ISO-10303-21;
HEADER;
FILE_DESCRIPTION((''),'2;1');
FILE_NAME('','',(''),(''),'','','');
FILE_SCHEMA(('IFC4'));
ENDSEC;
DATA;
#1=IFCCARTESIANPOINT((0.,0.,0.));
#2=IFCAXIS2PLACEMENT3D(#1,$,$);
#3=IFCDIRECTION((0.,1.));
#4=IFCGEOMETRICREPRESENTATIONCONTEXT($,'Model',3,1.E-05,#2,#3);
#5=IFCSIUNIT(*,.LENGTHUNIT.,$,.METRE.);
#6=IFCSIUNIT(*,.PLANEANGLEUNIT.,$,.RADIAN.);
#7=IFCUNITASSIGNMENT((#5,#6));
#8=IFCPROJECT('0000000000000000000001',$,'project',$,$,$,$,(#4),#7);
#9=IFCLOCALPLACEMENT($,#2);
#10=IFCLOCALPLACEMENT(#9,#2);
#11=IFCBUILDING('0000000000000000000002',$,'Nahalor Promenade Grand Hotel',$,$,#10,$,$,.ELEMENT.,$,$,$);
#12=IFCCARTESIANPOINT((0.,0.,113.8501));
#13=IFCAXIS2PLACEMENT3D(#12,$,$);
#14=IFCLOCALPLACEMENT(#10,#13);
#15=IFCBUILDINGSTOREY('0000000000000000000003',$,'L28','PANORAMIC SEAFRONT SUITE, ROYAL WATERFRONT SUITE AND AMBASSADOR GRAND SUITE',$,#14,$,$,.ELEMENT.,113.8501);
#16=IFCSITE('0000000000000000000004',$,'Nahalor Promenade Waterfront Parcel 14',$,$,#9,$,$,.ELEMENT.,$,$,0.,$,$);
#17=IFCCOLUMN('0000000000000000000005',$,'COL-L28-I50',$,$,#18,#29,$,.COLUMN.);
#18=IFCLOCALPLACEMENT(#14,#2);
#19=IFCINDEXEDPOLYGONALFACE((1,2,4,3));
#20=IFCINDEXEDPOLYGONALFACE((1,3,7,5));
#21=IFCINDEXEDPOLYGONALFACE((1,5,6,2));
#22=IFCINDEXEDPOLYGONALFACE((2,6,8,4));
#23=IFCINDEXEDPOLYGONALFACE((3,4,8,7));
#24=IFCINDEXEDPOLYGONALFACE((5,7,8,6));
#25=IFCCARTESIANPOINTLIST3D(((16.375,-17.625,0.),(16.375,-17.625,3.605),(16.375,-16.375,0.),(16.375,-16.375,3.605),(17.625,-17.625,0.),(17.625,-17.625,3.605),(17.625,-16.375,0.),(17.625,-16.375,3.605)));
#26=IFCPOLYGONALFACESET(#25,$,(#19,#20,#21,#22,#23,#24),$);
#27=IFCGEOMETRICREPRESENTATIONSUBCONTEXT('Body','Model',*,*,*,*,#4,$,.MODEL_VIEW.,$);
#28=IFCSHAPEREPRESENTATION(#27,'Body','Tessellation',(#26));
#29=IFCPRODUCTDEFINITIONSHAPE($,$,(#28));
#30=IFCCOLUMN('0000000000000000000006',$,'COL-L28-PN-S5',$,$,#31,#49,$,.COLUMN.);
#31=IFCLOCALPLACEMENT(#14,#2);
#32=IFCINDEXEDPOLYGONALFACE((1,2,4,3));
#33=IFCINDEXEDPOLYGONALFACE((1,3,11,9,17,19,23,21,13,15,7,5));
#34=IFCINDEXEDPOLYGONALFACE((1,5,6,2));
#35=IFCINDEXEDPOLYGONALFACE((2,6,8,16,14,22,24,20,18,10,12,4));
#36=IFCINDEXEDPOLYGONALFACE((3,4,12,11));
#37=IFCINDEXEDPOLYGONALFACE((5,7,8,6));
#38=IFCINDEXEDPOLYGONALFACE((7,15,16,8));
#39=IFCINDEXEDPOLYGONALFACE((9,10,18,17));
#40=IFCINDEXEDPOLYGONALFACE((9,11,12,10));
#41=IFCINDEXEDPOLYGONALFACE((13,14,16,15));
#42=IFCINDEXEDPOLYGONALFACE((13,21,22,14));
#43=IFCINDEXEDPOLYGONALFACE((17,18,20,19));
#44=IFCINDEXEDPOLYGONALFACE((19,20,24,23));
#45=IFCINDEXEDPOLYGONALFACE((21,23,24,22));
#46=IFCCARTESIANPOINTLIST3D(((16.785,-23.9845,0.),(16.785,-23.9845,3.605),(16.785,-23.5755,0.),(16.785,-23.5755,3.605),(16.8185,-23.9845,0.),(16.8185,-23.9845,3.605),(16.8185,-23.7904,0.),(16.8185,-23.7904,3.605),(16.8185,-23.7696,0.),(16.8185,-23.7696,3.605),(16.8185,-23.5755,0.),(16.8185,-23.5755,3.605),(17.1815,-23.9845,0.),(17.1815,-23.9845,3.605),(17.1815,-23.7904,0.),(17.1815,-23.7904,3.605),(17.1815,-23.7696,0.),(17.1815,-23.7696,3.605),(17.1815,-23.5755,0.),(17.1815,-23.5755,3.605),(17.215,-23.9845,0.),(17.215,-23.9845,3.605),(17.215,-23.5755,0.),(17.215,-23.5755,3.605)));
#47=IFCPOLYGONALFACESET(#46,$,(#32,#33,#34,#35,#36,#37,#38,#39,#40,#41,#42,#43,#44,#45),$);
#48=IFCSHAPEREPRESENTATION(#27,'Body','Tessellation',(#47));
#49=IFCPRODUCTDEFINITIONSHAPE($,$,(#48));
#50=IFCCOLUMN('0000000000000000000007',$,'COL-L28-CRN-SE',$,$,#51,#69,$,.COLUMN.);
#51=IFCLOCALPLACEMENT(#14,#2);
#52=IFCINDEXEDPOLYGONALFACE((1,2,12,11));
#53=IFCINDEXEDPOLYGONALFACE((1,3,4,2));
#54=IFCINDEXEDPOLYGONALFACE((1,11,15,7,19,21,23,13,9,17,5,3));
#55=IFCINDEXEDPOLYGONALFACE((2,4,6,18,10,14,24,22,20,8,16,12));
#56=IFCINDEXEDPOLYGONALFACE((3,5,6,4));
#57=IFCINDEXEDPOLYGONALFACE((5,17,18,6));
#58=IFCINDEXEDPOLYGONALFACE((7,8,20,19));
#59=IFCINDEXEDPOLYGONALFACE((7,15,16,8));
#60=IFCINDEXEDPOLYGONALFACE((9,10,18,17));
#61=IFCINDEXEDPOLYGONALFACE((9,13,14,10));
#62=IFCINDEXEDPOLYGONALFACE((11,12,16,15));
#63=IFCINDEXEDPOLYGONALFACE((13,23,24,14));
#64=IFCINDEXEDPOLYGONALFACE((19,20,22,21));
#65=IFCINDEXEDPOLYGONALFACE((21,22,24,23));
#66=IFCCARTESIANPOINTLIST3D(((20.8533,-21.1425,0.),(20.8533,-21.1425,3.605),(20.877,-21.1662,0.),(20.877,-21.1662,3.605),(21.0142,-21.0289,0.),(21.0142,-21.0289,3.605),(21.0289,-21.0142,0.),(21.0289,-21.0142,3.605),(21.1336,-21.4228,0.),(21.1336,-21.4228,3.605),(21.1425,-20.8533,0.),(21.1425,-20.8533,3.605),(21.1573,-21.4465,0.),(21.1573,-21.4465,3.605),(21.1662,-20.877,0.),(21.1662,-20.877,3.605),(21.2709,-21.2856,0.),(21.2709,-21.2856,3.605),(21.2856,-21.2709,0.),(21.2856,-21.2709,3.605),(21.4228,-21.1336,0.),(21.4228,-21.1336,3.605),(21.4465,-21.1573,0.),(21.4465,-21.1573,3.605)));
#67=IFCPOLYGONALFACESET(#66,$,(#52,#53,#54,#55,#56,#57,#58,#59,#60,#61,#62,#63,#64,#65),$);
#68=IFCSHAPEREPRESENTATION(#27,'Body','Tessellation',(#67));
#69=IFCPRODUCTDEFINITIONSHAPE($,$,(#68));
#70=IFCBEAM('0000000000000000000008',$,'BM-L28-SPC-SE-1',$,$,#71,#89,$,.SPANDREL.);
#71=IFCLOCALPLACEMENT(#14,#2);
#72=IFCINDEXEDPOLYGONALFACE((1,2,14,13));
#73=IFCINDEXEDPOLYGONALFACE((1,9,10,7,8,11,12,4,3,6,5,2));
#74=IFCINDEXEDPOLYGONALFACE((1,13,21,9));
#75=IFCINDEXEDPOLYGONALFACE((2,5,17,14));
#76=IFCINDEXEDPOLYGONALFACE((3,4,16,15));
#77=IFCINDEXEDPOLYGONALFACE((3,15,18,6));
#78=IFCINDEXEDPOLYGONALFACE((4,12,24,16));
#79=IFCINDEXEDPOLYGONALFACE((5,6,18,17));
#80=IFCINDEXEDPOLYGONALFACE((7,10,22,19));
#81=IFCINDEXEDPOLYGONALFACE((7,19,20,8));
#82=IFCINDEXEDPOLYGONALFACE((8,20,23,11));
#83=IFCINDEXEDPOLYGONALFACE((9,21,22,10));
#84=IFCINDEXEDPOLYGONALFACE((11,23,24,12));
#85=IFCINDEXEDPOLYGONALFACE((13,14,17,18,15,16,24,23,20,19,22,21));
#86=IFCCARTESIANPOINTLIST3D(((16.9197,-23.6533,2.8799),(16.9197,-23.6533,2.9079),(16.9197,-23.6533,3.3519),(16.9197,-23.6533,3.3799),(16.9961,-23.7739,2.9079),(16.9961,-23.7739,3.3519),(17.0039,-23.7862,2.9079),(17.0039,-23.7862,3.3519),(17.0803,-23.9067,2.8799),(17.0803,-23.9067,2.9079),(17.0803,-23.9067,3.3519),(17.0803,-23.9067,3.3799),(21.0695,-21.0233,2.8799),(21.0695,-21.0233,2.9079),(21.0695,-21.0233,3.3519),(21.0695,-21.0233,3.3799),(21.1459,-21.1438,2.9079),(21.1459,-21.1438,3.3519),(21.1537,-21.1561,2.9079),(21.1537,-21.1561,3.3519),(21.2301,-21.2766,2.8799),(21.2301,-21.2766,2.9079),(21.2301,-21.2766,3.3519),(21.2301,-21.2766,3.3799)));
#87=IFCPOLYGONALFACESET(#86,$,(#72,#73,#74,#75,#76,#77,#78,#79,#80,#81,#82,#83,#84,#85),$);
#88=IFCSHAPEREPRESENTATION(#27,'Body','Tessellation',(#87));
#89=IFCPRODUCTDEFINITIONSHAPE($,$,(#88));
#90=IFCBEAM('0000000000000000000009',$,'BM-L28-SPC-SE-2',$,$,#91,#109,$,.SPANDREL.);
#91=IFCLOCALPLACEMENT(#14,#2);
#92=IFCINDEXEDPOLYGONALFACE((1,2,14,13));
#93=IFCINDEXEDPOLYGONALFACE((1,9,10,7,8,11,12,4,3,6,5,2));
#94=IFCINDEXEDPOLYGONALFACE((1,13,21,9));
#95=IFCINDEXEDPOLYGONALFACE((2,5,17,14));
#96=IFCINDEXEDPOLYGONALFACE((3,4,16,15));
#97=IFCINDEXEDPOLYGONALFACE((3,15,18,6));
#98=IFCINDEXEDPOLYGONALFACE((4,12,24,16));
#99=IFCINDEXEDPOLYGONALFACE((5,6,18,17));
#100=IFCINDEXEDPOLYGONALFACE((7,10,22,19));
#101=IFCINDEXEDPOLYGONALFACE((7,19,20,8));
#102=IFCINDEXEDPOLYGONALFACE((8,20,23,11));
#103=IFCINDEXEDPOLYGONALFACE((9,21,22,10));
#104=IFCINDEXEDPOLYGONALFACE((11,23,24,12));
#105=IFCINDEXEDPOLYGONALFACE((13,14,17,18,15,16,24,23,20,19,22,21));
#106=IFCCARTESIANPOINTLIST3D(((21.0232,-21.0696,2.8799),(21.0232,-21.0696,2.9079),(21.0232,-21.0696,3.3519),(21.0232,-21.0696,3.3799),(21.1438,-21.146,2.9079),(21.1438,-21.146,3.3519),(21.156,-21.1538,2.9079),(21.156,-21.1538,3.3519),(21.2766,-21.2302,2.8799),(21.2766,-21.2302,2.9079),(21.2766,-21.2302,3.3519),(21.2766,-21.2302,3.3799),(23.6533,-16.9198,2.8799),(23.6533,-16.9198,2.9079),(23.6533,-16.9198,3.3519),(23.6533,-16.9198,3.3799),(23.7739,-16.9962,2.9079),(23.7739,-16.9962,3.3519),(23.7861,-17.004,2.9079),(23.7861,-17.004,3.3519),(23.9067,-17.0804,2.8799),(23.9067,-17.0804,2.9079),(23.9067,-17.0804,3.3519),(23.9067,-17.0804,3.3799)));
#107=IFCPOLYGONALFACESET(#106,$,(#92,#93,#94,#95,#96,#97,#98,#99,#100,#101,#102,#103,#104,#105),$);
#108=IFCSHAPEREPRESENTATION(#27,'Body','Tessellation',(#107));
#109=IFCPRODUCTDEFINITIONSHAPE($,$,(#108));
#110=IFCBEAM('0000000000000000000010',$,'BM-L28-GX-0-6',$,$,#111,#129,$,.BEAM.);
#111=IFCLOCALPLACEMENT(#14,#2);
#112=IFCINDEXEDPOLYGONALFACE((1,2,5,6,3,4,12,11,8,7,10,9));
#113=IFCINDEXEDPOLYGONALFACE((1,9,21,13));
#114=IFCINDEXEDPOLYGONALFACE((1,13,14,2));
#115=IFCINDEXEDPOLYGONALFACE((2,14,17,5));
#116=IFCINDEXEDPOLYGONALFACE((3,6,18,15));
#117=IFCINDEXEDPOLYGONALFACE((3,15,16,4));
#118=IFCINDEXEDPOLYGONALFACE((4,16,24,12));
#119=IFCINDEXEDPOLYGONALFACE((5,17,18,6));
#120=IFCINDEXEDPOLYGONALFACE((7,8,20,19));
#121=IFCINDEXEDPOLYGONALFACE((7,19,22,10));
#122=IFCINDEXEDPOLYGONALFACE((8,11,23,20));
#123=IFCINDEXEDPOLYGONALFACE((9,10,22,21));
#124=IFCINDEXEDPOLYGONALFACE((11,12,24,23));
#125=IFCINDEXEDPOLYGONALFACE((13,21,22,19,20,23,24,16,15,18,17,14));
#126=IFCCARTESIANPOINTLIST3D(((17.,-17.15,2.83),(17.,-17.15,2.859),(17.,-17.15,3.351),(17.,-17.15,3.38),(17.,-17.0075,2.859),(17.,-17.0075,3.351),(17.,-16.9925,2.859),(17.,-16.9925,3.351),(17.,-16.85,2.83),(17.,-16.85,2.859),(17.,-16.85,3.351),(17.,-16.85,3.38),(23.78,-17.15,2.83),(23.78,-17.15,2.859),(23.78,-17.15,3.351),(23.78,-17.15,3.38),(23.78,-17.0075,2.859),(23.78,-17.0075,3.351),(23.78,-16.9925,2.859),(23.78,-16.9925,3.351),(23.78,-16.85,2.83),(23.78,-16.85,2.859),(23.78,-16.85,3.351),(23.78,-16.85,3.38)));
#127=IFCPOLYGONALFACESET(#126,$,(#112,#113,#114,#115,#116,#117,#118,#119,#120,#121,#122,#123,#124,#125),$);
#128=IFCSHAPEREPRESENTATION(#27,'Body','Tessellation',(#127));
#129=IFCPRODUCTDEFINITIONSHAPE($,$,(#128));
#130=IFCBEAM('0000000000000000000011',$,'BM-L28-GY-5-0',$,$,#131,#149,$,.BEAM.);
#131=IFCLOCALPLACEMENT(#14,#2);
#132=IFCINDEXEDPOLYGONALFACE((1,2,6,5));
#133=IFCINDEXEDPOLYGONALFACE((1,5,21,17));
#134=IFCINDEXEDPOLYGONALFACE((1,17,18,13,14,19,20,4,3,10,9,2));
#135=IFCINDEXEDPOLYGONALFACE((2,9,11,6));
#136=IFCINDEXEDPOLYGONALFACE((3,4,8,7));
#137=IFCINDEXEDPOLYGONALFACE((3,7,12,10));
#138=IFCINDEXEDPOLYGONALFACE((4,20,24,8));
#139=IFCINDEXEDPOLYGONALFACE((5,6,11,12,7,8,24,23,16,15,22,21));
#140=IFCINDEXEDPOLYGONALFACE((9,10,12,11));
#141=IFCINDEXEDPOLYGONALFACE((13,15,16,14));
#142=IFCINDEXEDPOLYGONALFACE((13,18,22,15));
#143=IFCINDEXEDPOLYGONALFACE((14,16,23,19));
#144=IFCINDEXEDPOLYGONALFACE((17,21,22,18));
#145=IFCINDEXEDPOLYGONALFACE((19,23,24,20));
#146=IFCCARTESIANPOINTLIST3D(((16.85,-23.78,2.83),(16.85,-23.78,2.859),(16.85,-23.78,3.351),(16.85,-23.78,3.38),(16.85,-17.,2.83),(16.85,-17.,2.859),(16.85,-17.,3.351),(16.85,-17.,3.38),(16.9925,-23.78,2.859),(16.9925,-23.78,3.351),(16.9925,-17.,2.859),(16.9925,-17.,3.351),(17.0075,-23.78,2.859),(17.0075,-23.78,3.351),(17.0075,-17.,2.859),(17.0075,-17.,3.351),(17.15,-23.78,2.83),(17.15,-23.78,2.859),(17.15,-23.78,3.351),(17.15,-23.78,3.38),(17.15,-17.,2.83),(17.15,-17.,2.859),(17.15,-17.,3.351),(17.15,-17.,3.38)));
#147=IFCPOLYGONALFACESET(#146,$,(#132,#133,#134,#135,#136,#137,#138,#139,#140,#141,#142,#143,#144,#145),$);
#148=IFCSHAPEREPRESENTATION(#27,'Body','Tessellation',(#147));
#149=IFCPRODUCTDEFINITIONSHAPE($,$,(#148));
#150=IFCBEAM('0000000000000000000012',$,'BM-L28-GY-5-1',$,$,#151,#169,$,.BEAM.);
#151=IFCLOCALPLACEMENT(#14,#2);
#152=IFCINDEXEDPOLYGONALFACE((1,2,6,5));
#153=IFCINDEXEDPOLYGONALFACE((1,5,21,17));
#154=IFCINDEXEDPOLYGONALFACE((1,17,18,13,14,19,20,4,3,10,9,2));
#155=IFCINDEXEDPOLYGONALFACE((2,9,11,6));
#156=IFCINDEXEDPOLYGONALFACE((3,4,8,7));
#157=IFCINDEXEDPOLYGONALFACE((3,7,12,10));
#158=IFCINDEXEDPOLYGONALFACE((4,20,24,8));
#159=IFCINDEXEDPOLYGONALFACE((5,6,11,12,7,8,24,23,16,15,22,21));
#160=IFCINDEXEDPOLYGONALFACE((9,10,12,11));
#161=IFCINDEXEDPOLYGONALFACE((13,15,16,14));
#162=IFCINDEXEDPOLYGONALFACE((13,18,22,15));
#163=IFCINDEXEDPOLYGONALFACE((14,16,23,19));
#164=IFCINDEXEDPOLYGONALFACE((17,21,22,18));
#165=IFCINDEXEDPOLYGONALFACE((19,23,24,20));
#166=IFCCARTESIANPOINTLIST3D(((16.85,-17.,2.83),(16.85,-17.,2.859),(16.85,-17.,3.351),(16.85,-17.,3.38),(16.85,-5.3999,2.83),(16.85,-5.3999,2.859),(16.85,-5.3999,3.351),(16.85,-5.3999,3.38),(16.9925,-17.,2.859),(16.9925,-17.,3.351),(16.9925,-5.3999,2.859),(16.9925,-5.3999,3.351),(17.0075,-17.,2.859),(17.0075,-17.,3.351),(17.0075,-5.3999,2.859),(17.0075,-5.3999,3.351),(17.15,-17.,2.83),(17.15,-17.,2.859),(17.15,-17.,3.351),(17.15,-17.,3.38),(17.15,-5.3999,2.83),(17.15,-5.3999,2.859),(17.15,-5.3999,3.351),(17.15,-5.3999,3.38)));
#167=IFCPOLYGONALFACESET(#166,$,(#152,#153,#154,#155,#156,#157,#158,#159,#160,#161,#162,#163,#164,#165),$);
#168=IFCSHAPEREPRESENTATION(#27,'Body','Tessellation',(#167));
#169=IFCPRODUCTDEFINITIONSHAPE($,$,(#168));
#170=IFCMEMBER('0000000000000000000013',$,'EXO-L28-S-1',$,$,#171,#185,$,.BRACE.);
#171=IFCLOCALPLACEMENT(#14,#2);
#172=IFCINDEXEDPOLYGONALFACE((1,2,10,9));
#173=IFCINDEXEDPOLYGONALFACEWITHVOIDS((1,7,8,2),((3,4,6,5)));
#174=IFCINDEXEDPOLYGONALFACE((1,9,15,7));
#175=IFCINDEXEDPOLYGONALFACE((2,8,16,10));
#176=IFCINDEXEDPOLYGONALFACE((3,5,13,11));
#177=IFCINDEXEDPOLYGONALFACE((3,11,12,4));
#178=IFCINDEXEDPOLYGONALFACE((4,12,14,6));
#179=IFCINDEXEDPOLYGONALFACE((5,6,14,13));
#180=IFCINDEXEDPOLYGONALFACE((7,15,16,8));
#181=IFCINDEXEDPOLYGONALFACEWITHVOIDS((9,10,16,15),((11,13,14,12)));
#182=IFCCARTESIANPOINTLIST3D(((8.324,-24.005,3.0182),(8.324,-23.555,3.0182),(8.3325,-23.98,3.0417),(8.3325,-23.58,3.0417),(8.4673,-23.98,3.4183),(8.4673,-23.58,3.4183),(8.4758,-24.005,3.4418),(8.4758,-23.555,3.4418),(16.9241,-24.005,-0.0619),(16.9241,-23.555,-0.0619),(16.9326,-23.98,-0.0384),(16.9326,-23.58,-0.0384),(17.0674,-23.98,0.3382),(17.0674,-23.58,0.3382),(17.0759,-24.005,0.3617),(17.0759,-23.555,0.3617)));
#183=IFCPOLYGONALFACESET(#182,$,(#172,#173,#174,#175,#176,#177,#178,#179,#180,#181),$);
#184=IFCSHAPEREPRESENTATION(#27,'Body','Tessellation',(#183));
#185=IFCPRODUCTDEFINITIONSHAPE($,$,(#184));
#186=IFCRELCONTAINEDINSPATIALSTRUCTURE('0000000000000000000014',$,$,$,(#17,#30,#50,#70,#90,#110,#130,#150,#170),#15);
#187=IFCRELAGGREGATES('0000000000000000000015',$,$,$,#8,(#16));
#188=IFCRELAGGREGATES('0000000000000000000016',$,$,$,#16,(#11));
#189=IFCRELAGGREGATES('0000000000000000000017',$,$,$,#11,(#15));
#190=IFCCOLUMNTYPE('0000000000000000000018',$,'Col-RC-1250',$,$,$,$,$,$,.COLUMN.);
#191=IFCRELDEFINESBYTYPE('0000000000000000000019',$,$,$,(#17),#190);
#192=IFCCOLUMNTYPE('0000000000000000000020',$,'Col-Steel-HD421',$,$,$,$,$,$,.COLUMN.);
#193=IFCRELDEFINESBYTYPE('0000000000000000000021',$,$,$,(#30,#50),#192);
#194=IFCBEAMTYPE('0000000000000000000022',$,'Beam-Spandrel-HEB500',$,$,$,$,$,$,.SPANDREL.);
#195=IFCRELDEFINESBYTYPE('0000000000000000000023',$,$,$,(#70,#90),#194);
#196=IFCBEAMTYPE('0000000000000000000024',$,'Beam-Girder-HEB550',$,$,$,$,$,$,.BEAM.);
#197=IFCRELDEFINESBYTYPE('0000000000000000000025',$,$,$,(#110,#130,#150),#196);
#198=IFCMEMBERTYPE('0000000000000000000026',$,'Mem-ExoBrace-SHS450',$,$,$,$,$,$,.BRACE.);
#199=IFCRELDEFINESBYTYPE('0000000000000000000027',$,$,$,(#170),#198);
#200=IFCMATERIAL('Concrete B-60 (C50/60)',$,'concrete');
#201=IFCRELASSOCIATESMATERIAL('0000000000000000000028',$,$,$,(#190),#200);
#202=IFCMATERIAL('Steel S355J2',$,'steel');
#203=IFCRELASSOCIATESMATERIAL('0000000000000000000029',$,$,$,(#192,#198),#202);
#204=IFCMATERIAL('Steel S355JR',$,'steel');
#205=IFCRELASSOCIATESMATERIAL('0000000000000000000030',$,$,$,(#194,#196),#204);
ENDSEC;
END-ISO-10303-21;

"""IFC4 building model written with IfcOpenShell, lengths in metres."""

from ifc_helpers import new_model, si_unit, direction, frame, origin, origin_2d, place, context, subcontext, project, spatial, rectangle, hollow_rectangle, i_section, extrude, source, transform, mapped, material, material_profile, profile_set, type_object, element, save


model = new_model("IFC4")

# Units and contexts
model_context = context("Model", 3, precision=1e-05, world=origin(), true_north=direction((0.0, 1.0)))
body_context = subcontext(model_context, "Body", "Model", "MODEL_VIEW")
ifc_project = project(units=[si_unit("LENGTHUNIT", "METRE"), si_unit("PLANEANGLEUNIT", "RADIAN")], contexts=[model_context])

# Site, building, storey
site_placement = place(None, origin())
site = spatial("IfcSite", under=ifc_project, at=site_placement, Name="Nahalor Promenade Waterfront Parcel 14", CompositionType="ELEMENT", RefElevation=0.0)
building_placement = place(site_placement, origin())
building = spatial("IfcBuilding", under=site, at=building_placement, Name="Nahalor Promenade Grand Hotel", CompositionType="ELEMENT")
storey_placement = place(building_placement, frame((0.0, 0.0, 113.8501)))
storey = spatial("IfcBuildingStorey", under=building, at=storey_placement, Name="L28", Description="PANORAMIC SEAFRONT SUITE, ROYAL WATERFRONT SUITE AND AMBASSADOR GRAND SUITE", CompositionType="ELEMENT", Elevation=113.8501)

# Columns
ifc_material_1 = material(Name="Concrete B-60 (C50/60)", Category="concrete")
ifc_material_profile_1 = material_profile(ifc_material_1, rectangle(XDim=1.25, YDim=1.25, at=origin_2d()), Name="RC 1250x1250")
ifc_profile_set_1 = profile_set([ifc_material_profile_1], Name="Concrete B-60 (C50/60)")
column_type_1 = type_object("IfcColumnType", Name="Col-RC-1250", PredefinedType="COLUMN", material=ifc_profile_set_1)
shared_shape_1 = source(origin(), body_context, "Body", "SweptSolid", [
    extrude(rectangle(XDim=1.25, YDim=1.25, at=origin_2d()), origin(), (0.0, 0.0, 1.0), 3.605),
])
column_placement = place(storey_placement, frame((17.0, -17.0, 0.0), z_axis=(0.0, 0.0, 1.0), x_axis=(1.0, 0.0, 0.0)))
element("IfcColumn", 1, at=column_placement, inside=storey, type_object=column_type_1, Name="COL-L28-I50", PredefinedType="COLUMN", context=body_context, shape_type="MappedRepresentation", body=[
    mapped(shared_shape_1, transform((0.0, 0.0, 0.0), scale=1.0)),
])
ifc_material_2 = material(Name="Steel S355J2", Category="steel")
ifc_material_profile_2 = material_profile(ifc_material_2, i_section(OverallWidth=0.409, OverallDepth=0.43, WebThickness=0.0208, FlangeThickness=0.0335, at=origin_2d()), Name="HD 400x421")
ifc_profile_set_2 = profile_set([ifc_material_profile_2], Name="Steel S355J2")
column_type_2 = type_object("IfcColumnType", Name="Col-Steel-HD421", PredefinedType="COLUMN", material=ifc_profile_set_2)
shared_shape_2 = source(origin(), body_context, "Body", "SweptSolid", [
    extrude(i_section(OverallWidth=0.409, OverallDepth=0.43, WebThickness=0.0208, FlangeThickness=0.0335, at=origin_2d()), origin(), (0.0, 0.0, 1.0), 3.605),
])
for number, where, z_axis, x_axis, name in (
    (2, (17.0, -23.78, 0.0), (0.0, 0.0, 1.0), (0.0, 1.0, 0.0), "COL-L28-PN-S5"),
    (3, (21.1499, -21.1499, 0.0), (0.0, 0.0, 1.0), (0.707107, 0.707107, 0.0), "COL-L28-CRN-SE"),
):
    element("IfcColumn", number, at=place(storey_placement, frame(where, z_axis=z_axis, x_axis=x_axis)), inside=storey, type_object=column_type_2, Name=name, PredefinedType="COLUMN", context=body_context, shape_type="MappedRepresentation", body=[
        mapped(shared_shape_2, transform((0.0, 0.0, 0.0), scale=1.0)),
    ])

# Beams
ifc_material_3 = material(Name="Steel S355JR", Category="steel")
ifc_material_profile_3 = material_profile(ifc_material_3, i_section(OverallWidth=0.3, OverallDepth=0.5, WebThickness=0.0145, FlangeThickness=0.028, at=origin_2d()), Name="HEB 500")
ifc_profile_set_3 = profile_set([ifc_material_profile_3], Name="Steel S355JR")
beam_type_1 = type_object("IfcBeamType", Name="Beam-Spandrel-HEB500", PredefinedType="SPANDREL", material=ifc_profile_set_3)
shared_shape_3 = source(origin(), body_context, "Body", "SweptSolid", [
    extrude(i_section(OverallWidth=0.3, OverallDepth=0.5, WebThickness=0.0145, FlangeThickness=0.028, at=origin_2d()), origin(), (0.0, 0.0, 1.0), 4.9131),
])
for number, where, z_axis, x_axis, name in (
    (4, (17.0, -23.78, 3.1299), (0.844648, 0.535322, 0.0), (-0.535322, 0.844648, 0.0), "BM-L28-SPC-SE-1"),
    (5, (21.1499, -21.1499, 3.1299), (0.535322, 0.844648, 0.0), (-0.844648, 0.535322, 0.0), "BM-L28-SPC-SE-2"),
):
    element("IfcBeam", number, at=place(storey_placement, frame(where, z_axis=z_axis, x_axis=x_axis)), inside=storey, type_object=beam_type_1, Name=name, PredefinedType="SPANDREL", context=body_context, shape_type="MappedRepresentation", body=[
        mapped(shared_shape_3, transform((0.0, 0.0, 0.0), scale=1.0)),
    ])
ifc_material_profile_4 = material_profile(ifc_material_3, i_section(OverallWidth=0.3, OverallDepth=0.55, WebThickness=0.015, FlangeThickness=0.029, at=origin_2d()), Name="HEB 550")
ifc_profile_set_4 = profile_set([ifc_material_profile_4], Name="Steel S355JR")
beam_type_2 = type_object("IfcBeamType", Name="Beam-Girder-HEB550", PredefinedType="BEAM", material=ifc_profile_set_4)
shared_shape_4 = source(origin(), body_context, "Body", "SweptSolid", [
    extrude(i_section(OverallWidth=0.3, OverallDepth=0.55, WebThickness=0.015, FlangeThickness=0.029, at=origin_2d()), origin(), (0.0, 0.0, 1.0), 6.78),
])
for number, where, z_axis, x_axis, name in (
    (6, (17.0, -17.0, 3.105), (1.0, 0.0, 0.0), (0.0, 1.0, 0.0), "BM-L28-GX-0-6"),
    (7, (17.0, -23.78, 3.105), (0.0, 1.0, 0.0), (-1.0, 0.0, 0.0), "BM-L28-GY-5-0"),
):
    element("IfcBeam", number, at=place(storey_placement, frame(where, z_axis=z_axis, x_axis=x_axis)), inside=storey, type_object=beam_type_2, Name=name, PredefinedType="BEAM", context=body_context, shape_type="MappedRepresentation", body=[
        mapped(shared_shape_4, transform((0.0, 0.0, 0.0), scale=1.0)),
    ])
shared_shape_5 = source(origin(), body_context, "Body", "SweptSolid", [
    extrude(i_section(OverallWidth=0.3, OverallDepth=0.55, WebThickness=0.015, FlangeThickness=0.029, at=origin_2d()), origin(), (0.0, 0.0, 1.0), 11.6001),
])
beam_placement = place(storey_placement, frame((17.0, -17.0, 3.105), z_axis=(0.0, 1.0, 0.0), x_axis=(-1.0, 0.0, 0.0)))
element("IfcBeam", 8, at=beam_placement, inside=storey, type_object=beam_type_2, Name="BM-L28-GY-5-1", PredefinedType="BEAM", context=body_context, shape_type="MappedRepresentation", body=[
    mapped(shared_shape_5, transform((0.0, 0.0, 0.0), scale=1.0)),
])

# Member
ifc_material_profile_5 = material_profile(ifc_material_2, hollow_rectangle(XDim=0.45, YDim=0.45, WallThickness=0.025, at=origin_2d()), Name="SHS 450x450x25")
ifc_profile_set_5 = profile_set([ifc_material_profile_5], Name="Steel S355J2")
member_type_1 = type_object("IfcMemberType", Name="Mem-ExoBrace-SHS450", PredefinedType="BRACE", material=ifc_profile_set_5)
shared_shape_6 = source(origin(), body_context, "Body", "SweptSolid", [
    extrude(hollow_rectangle(XDim=0.45, YDim=0.45, WallThickness=0.025, at=origin_2d()), origin(), (0.0, 0.0, 1.0), 9.135),
])
member_1_placement = place(storey_placement, frame((17.0, -23.78, 0.1499), z_axis=(-0.941443, 0.0, 0.337173), x_axis=(0.0, -1.0, 0.0)))
element("IfcMember", 9, at=member_1_placement, inside=storey, type_object=member_type_1, Name="EXO-L28-S-1", PredefinedType="BRACE", context=body_context, shape_type="MappedRepresentation", body=[
    mapped(shared_shape_6, transform((0.0, 0.0, 0.0), scale=1.0)),
])

save(model, "model.ifc")
